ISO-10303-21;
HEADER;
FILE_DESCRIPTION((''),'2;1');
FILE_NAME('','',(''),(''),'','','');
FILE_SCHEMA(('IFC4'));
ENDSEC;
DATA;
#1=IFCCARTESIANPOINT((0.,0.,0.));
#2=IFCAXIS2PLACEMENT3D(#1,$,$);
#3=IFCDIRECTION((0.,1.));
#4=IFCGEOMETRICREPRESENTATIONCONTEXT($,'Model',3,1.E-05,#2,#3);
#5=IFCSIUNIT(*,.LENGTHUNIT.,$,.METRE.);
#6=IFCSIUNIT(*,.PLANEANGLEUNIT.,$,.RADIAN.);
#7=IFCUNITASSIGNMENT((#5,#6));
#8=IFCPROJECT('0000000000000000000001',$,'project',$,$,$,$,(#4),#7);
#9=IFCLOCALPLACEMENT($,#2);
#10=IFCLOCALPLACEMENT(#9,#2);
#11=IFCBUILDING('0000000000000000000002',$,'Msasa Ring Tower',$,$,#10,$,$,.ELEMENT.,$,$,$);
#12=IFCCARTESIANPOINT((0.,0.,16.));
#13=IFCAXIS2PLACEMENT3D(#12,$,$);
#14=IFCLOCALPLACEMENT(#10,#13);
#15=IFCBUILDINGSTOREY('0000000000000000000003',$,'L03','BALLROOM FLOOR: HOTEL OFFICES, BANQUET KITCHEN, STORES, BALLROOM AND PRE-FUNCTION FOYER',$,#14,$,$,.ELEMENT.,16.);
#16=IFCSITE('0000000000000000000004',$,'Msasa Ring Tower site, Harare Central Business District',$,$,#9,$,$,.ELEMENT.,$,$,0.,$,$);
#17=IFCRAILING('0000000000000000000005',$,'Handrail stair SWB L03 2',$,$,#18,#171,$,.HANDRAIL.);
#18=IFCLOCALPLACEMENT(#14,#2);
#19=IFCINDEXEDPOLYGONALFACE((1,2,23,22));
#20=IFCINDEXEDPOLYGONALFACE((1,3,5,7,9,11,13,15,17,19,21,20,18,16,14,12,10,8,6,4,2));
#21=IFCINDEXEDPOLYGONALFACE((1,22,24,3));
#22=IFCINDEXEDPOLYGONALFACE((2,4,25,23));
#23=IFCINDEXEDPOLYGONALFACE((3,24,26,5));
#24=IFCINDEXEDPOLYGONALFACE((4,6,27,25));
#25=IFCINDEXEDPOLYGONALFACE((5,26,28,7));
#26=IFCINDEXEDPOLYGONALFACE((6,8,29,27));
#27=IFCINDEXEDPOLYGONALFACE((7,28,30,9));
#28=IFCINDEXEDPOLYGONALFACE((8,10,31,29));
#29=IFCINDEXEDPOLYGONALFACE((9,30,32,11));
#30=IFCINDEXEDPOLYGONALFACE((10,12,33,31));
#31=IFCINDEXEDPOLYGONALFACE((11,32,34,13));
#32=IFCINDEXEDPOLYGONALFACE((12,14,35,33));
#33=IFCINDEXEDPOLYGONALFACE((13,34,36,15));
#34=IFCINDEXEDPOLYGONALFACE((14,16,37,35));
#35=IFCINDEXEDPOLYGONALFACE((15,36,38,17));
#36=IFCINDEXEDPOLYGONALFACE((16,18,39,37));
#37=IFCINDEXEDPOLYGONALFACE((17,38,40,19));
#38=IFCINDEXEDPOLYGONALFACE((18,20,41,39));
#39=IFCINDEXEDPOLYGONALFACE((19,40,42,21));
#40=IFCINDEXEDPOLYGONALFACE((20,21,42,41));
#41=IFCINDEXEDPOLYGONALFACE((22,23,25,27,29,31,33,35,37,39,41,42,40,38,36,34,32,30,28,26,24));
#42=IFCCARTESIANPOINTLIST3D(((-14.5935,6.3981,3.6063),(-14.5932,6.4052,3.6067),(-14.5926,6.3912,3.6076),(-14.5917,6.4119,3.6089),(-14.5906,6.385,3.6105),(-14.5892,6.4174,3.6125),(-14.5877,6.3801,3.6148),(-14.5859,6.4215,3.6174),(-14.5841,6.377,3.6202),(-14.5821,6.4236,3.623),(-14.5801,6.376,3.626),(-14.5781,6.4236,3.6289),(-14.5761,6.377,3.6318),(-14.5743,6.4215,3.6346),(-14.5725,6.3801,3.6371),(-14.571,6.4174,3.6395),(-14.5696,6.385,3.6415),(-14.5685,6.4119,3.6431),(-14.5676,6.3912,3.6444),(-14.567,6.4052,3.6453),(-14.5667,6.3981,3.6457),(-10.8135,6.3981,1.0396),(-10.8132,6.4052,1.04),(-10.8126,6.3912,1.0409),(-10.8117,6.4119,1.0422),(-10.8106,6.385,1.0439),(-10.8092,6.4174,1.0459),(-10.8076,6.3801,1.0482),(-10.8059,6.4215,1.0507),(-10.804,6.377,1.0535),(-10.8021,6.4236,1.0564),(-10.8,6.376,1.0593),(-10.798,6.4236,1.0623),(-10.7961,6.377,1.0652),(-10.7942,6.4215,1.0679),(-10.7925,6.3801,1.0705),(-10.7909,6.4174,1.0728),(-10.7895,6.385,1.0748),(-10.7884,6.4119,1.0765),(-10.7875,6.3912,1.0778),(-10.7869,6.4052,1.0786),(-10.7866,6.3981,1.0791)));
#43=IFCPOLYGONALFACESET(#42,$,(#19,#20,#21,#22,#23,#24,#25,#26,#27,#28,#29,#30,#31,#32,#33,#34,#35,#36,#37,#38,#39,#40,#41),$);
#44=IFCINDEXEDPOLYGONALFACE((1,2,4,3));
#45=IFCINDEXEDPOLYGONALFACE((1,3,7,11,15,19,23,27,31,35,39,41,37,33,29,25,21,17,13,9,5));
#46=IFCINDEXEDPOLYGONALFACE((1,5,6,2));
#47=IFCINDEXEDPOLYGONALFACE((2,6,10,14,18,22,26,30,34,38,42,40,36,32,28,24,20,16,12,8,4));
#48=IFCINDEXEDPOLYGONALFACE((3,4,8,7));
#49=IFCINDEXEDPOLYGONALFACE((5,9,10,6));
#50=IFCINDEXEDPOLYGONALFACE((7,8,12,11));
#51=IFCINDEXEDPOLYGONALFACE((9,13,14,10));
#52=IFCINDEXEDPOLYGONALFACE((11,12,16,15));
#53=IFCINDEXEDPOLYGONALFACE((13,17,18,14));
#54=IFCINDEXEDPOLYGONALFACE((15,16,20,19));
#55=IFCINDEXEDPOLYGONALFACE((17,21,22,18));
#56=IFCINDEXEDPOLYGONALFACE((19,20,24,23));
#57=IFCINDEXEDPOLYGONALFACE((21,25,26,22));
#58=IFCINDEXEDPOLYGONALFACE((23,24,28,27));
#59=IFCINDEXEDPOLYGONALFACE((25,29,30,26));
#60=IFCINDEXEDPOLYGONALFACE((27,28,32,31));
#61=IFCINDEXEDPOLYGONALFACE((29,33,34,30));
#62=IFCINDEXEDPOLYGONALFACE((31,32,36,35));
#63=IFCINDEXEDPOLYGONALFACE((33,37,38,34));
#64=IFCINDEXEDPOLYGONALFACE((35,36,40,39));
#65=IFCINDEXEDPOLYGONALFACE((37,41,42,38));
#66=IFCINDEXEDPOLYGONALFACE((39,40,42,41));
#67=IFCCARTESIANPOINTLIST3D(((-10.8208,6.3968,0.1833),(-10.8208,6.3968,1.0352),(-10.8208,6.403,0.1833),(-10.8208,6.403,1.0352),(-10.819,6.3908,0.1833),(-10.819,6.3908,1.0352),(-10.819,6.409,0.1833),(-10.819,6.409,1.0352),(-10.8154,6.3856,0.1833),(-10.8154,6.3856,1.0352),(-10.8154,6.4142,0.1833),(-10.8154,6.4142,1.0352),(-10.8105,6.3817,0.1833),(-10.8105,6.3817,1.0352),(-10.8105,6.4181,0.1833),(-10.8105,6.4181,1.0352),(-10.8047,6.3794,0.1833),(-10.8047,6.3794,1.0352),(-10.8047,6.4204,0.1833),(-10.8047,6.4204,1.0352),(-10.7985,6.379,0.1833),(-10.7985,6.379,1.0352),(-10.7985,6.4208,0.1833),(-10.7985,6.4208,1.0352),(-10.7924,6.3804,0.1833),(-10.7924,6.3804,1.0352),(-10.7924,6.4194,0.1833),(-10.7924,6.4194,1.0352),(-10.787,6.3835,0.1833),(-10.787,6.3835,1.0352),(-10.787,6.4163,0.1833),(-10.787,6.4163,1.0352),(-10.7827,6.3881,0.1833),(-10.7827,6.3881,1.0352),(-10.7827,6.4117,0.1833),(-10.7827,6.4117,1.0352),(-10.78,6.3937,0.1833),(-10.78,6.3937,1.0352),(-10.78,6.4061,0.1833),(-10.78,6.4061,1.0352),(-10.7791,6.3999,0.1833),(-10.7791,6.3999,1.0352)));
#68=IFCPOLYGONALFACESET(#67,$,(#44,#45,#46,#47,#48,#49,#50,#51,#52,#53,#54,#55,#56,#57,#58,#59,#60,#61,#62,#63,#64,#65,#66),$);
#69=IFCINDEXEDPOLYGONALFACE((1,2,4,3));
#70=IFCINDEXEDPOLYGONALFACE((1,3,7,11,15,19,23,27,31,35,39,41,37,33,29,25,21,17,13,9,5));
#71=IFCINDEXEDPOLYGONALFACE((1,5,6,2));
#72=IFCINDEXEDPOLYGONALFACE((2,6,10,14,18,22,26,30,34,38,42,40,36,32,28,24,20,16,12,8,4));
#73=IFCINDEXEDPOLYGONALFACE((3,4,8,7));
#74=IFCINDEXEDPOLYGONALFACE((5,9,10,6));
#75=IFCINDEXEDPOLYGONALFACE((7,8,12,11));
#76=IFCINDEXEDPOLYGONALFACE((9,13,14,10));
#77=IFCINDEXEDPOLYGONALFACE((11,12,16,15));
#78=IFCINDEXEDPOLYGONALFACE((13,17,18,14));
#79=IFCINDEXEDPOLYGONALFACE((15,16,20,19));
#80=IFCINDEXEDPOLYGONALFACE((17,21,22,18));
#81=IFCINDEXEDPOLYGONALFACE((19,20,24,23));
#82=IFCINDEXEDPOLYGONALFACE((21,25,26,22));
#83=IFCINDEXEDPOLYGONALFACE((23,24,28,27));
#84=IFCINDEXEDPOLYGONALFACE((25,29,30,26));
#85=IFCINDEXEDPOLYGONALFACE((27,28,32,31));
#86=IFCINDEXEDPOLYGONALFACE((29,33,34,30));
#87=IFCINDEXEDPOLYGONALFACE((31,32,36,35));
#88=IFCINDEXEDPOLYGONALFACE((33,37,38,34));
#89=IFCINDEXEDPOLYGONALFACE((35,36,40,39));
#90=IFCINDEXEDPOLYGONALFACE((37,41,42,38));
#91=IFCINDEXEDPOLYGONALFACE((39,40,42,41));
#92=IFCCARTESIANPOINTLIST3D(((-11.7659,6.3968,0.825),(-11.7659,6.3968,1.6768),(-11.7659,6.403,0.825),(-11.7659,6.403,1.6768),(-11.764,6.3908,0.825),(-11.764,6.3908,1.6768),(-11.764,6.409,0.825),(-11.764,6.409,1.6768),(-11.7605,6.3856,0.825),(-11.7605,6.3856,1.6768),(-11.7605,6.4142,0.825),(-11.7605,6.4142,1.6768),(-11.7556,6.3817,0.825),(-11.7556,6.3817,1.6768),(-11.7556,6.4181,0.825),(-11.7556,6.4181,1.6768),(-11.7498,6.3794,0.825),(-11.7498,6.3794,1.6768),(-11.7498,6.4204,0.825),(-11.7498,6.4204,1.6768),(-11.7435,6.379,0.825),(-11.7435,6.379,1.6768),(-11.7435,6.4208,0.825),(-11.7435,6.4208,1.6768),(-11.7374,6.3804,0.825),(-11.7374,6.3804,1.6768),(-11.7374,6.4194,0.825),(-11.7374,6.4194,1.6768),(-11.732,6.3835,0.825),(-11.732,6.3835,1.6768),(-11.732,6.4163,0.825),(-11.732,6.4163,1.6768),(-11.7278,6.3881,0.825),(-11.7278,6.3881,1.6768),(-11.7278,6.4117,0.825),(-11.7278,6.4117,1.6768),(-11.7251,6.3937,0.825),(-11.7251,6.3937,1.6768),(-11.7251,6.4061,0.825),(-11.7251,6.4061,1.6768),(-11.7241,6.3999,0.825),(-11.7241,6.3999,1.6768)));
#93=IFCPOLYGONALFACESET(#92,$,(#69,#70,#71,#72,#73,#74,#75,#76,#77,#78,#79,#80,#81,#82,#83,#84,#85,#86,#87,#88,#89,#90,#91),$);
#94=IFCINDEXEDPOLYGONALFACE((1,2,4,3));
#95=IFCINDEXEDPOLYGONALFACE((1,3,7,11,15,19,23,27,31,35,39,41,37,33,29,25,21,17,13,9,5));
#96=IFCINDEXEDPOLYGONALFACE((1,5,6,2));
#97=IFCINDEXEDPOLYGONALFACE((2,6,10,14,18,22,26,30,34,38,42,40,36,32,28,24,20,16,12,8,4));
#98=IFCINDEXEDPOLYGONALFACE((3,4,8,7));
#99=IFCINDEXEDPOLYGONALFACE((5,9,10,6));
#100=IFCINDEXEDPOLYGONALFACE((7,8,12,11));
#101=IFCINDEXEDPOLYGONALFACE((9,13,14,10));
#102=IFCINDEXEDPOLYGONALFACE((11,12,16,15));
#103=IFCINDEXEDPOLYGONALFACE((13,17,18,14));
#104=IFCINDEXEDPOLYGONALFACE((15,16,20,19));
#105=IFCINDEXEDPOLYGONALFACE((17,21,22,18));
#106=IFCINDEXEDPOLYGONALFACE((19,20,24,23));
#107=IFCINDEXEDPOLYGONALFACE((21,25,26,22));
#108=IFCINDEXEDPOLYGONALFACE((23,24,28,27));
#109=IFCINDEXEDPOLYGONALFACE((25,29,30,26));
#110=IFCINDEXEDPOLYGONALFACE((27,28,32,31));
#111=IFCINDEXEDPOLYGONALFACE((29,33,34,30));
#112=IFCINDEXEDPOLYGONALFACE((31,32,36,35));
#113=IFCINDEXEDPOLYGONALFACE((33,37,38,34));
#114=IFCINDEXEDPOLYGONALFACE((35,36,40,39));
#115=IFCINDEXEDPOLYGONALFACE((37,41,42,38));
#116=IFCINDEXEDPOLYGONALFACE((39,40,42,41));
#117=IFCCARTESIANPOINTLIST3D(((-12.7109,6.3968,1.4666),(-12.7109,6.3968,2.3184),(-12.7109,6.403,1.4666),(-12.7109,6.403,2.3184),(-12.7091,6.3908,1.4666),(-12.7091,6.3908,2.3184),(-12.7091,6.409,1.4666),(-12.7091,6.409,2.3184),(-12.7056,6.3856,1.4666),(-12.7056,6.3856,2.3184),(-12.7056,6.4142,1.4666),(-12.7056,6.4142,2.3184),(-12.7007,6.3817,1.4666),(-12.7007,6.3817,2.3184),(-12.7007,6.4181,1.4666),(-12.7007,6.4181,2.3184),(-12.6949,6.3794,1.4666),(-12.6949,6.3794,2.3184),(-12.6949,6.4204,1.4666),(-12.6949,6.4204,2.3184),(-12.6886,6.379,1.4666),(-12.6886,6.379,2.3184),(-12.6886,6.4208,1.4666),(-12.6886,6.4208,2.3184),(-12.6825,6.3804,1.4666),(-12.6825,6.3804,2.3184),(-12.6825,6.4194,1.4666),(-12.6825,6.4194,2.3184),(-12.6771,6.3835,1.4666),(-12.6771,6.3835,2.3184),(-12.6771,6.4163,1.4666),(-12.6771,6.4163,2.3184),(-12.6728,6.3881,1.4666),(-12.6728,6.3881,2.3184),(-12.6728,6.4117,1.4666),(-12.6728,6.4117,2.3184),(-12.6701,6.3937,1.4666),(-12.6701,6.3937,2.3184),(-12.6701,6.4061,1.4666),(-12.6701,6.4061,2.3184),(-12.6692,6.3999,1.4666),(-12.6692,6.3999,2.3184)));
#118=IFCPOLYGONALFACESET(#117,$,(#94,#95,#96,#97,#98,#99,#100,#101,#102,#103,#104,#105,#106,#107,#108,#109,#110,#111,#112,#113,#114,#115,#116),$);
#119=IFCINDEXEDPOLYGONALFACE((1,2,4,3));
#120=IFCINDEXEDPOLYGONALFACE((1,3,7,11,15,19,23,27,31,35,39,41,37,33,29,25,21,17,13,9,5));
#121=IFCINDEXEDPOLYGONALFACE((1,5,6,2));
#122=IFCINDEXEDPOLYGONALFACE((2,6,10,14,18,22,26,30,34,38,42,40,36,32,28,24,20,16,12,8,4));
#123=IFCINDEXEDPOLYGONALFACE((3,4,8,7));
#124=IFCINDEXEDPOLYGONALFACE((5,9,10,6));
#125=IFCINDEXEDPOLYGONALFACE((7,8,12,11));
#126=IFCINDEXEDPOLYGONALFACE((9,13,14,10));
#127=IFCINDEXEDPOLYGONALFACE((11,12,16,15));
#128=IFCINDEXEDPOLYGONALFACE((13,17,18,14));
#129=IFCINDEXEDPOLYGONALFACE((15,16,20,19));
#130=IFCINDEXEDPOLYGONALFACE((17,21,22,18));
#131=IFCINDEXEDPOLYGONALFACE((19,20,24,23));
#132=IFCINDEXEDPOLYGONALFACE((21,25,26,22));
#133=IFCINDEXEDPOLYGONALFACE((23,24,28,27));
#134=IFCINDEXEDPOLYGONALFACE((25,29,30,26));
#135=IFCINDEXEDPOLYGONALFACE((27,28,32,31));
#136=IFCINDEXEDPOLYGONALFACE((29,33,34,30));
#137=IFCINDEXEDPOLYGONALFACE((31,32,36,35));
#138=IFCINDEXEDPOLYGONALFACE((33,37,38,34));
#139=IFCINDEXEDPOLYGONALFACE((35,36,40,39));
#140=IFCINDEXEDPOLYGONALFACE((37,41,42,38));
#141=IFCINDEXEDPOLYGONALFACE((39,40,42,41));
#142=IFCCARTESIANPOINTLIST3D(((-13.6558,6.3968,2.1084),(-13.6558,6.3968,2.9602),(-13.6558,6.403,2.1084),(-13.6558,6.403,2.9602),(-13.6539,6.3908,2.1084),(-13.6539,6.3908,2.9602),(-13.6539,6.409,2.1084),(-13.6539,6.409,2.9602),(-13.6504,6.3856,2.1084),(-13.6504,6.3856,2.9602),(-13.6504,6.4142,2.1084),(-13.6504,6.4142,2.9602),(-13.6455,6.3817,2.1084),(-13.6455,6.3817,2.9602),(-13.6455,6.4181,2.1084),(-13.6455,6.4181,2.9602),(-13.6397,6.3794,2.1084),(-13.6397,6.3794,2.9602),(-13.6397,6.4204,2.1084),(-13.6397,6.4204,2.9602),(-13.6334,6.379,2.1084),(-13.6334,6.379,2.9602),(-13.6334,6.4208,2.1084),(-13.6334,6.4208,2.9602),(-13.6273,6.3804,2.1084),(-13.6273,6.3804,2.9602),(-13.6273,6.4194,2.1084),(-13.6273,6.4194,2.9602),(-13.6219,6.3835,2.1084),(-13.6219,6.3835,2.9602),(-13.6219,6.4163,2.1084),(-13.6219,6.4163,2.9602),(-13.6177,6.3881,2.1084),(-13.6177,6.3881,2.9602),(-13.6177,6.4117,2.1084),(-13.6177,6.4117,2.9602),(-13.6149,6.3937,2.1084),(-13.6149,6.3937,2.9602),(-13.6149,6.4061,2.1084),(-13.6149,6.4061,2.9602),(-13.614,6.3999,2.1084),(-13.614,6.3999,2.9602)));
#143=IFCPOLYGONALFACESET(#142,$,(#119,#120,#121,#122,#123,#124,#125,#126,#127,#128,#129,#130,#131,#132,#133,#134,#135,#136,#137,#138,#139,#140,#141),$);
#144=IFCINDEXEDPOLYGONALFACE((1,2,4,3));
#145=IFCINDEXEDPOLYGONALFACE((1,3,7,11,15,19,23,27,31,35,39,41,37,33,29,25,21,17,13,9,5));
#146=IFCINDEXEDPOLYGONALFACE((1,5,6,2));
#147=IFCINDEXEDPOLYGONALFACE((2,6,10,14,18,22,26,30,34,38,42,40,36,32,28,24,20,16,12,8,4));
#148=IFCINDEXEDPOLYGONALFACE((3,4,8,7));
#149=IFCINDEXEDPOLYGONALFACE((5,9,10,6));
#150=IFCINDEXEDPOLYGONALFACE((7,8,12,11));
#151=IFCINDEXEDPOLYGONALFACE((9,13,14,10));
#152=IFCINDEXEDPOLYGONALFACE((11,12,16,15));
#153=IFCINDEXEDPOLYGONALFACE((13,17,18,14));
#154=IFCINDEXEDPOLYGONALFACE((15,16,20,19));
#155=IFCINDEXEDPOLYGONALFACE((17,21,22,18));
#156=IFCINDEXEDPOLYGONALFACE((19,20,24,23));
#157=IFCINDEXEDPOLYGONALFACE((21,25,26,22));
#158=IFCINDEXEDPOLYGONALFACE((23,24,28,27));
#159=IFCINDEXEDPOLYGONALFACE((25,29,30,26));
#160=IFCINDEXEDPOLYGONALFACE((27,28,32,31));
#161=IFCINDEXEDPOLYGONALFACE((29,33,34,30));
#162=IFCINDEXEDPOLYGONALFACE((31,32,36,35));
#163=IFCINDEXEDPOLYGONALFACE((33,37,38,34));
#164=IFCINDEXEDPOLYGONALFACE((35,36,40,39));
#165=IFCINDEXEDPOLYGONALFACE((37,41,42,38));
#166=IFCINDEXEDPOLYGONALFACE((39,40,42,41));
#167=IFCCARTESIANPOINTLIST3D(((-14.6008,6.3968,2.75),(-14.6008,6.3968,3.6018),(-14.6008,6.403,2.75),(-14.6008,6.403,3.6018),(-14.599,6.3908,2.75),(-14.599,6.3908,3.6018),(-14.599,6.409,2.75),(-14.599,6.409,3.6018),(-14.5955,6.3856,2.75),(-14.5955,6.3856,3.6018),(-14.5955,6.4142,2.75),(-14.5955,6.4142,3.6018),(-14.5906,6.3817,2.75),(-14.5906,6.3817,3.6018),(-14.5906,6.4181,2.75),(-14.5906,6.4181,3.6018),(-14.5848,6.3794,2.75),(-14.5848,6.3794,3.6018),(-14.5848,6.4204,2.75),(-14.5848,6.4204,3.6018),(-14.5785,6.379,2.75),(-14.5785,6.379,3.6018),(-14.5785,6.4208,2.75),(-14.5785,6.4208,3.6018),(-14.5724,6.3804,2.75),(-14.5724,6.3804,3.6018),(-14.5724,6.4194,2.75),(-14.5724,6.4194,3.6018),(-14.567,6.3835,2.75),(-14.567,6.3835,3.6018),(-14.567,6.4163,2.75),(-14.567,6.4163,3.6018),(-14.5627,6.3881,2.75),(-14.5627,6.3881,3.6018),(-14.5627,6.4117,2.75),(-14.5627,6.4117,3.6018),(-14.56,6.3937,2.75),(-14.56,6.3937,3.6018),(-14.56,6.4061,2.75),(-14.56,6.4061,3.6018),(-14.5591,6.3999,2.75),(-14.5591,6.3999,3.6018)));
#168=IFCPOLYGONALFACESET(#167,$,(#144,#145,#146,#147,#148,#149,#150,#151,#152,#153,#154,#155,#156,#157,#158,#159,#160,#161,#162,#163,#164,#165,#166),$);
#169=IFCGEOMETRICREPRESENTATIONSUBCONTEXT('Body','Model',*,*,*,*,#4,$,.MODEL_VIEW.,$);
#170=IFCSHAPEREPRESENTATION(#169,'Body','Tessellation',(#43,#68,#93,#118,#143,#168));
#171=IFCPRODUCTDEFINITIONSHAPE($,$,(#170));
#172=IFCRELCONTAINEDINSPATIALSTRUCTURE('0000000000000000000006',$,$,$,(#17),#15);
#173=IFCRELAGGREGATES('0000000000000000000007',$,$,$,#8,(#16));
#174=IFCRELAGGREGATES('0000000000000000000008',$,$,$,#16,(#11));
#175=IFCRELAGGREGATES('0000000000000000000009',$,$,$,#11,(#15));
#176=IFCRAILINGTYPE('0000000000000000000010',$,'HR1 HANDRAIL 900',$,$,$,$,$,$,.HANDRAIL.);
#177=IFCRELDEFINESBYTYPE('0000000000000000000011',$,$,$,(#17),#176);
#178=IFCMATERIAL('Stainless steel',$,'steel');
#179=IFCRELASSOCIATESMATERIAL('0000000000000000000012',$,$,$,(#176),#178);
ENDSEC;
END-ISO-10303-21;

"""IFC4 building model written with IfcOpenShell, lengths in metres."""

from ifc_helpers import new_model, si_unit, direction, frame, origin, origin_2d, place, context, subcontext, project, spatial, circle, extrude, material, type_object, element, save


model = new_model("IFC4")

# Units and contexts
model_context = context("Model", 3, precision=1e-05, world=origin(), true_north=direction((0.0, 1.0)))
body_context = subcontext(model_context, "Body", "Model", "MODEL_VIEW")
ifc_project = project(units=[si_unit("LENGTHUNIT", "METRE"), si_unit("PLANEANGLEUNIT", "RADIAN")], contexts=[model_context])

# Site, building, storey
site_placement = place(None, origin())
site = spatial("IfcSite", under=ifc_project, at=site_placement, Name="Msasa Ring Tower site, Harare Central Business District", CompositionType="ELEMENT", RefElevation=0.0)
building_placement = place(site_placement, origin())
building = spatial("IfcBuilding", under=site, at=building_placement, Name="Msasa Ring Tower", CompositionType="ELEMENT")
storey_placement = place(building_placement, frame((0.0, 0.0, 16.0)))
storey = spatial("IfcBuildingStorey", under=building, at=storey_placement, Name="L03", Description="BALLROOM FLOOR: HOTEL OFFICES, BANQUET KITCHEN, STORES, BALLROOM AND PRE-FUNCTION FOYER", CompositionType="ELEMENT", Elevation=16.0)

# Railing
ifc_material_1 = material(Name="Stainless steel", Category="steel")
railing_type = type_object("IfcRailingType", Name="HR1 HANDRAIL 900", PredefinedType="HANDRAIL", material=ifc_material_1)
for number, where, name in (
    (1, (-10.8, 6.3999, 0.1833), "Handrail stair SWB L03 2"),
):
    element("IfcRailing", number, at=place(storey_placement, frame(where)), inside=storey, type_object=railing_type, Name=name, PredefinedType="HANDRAIL", context=body_context, shape_type="SweptSolid", body=[
        extrude(circle(Radius=0.0239, at=origin_2d()), frame((0.0, 0.0, 0.876), z_axis=(-0.82731, 0.0, 0.561746), x_axis=(0.0, -1.0, 0.0)), (0.0, 0.0, 1.0), 4.5691),
        extrude(circle(Radius=0.021, at=origin_2d()), origin(), (0.0, 0.0, 1.0), 0.8518),
        extrude(circle(Radius=0.021, at=origin_2d()), frame((-0.9451, 0.0, 0.6416)), (0.0, 0.0, 1.0), 0.8518),
        extrude(circle(Radius=0.021, at=origin_2d()), frame((-1.8901, 0.0, 1.2832)), (0.0, 0.0, 1.0), 0.8518),
        extrude(circle(Radius=0.021, at=origin_2d()), frame((-2.835, 0.0, 1.925)), (0.0, 0.0, 1.0), 0.8518),
        extrude(circle(Radius=0.021, at=origin_2d()), frame((-3.78, 0.0, 2.5667)), (0.0, 0.0, 1.0), 0.8518),
    ])

save(model, "model.ifc")
